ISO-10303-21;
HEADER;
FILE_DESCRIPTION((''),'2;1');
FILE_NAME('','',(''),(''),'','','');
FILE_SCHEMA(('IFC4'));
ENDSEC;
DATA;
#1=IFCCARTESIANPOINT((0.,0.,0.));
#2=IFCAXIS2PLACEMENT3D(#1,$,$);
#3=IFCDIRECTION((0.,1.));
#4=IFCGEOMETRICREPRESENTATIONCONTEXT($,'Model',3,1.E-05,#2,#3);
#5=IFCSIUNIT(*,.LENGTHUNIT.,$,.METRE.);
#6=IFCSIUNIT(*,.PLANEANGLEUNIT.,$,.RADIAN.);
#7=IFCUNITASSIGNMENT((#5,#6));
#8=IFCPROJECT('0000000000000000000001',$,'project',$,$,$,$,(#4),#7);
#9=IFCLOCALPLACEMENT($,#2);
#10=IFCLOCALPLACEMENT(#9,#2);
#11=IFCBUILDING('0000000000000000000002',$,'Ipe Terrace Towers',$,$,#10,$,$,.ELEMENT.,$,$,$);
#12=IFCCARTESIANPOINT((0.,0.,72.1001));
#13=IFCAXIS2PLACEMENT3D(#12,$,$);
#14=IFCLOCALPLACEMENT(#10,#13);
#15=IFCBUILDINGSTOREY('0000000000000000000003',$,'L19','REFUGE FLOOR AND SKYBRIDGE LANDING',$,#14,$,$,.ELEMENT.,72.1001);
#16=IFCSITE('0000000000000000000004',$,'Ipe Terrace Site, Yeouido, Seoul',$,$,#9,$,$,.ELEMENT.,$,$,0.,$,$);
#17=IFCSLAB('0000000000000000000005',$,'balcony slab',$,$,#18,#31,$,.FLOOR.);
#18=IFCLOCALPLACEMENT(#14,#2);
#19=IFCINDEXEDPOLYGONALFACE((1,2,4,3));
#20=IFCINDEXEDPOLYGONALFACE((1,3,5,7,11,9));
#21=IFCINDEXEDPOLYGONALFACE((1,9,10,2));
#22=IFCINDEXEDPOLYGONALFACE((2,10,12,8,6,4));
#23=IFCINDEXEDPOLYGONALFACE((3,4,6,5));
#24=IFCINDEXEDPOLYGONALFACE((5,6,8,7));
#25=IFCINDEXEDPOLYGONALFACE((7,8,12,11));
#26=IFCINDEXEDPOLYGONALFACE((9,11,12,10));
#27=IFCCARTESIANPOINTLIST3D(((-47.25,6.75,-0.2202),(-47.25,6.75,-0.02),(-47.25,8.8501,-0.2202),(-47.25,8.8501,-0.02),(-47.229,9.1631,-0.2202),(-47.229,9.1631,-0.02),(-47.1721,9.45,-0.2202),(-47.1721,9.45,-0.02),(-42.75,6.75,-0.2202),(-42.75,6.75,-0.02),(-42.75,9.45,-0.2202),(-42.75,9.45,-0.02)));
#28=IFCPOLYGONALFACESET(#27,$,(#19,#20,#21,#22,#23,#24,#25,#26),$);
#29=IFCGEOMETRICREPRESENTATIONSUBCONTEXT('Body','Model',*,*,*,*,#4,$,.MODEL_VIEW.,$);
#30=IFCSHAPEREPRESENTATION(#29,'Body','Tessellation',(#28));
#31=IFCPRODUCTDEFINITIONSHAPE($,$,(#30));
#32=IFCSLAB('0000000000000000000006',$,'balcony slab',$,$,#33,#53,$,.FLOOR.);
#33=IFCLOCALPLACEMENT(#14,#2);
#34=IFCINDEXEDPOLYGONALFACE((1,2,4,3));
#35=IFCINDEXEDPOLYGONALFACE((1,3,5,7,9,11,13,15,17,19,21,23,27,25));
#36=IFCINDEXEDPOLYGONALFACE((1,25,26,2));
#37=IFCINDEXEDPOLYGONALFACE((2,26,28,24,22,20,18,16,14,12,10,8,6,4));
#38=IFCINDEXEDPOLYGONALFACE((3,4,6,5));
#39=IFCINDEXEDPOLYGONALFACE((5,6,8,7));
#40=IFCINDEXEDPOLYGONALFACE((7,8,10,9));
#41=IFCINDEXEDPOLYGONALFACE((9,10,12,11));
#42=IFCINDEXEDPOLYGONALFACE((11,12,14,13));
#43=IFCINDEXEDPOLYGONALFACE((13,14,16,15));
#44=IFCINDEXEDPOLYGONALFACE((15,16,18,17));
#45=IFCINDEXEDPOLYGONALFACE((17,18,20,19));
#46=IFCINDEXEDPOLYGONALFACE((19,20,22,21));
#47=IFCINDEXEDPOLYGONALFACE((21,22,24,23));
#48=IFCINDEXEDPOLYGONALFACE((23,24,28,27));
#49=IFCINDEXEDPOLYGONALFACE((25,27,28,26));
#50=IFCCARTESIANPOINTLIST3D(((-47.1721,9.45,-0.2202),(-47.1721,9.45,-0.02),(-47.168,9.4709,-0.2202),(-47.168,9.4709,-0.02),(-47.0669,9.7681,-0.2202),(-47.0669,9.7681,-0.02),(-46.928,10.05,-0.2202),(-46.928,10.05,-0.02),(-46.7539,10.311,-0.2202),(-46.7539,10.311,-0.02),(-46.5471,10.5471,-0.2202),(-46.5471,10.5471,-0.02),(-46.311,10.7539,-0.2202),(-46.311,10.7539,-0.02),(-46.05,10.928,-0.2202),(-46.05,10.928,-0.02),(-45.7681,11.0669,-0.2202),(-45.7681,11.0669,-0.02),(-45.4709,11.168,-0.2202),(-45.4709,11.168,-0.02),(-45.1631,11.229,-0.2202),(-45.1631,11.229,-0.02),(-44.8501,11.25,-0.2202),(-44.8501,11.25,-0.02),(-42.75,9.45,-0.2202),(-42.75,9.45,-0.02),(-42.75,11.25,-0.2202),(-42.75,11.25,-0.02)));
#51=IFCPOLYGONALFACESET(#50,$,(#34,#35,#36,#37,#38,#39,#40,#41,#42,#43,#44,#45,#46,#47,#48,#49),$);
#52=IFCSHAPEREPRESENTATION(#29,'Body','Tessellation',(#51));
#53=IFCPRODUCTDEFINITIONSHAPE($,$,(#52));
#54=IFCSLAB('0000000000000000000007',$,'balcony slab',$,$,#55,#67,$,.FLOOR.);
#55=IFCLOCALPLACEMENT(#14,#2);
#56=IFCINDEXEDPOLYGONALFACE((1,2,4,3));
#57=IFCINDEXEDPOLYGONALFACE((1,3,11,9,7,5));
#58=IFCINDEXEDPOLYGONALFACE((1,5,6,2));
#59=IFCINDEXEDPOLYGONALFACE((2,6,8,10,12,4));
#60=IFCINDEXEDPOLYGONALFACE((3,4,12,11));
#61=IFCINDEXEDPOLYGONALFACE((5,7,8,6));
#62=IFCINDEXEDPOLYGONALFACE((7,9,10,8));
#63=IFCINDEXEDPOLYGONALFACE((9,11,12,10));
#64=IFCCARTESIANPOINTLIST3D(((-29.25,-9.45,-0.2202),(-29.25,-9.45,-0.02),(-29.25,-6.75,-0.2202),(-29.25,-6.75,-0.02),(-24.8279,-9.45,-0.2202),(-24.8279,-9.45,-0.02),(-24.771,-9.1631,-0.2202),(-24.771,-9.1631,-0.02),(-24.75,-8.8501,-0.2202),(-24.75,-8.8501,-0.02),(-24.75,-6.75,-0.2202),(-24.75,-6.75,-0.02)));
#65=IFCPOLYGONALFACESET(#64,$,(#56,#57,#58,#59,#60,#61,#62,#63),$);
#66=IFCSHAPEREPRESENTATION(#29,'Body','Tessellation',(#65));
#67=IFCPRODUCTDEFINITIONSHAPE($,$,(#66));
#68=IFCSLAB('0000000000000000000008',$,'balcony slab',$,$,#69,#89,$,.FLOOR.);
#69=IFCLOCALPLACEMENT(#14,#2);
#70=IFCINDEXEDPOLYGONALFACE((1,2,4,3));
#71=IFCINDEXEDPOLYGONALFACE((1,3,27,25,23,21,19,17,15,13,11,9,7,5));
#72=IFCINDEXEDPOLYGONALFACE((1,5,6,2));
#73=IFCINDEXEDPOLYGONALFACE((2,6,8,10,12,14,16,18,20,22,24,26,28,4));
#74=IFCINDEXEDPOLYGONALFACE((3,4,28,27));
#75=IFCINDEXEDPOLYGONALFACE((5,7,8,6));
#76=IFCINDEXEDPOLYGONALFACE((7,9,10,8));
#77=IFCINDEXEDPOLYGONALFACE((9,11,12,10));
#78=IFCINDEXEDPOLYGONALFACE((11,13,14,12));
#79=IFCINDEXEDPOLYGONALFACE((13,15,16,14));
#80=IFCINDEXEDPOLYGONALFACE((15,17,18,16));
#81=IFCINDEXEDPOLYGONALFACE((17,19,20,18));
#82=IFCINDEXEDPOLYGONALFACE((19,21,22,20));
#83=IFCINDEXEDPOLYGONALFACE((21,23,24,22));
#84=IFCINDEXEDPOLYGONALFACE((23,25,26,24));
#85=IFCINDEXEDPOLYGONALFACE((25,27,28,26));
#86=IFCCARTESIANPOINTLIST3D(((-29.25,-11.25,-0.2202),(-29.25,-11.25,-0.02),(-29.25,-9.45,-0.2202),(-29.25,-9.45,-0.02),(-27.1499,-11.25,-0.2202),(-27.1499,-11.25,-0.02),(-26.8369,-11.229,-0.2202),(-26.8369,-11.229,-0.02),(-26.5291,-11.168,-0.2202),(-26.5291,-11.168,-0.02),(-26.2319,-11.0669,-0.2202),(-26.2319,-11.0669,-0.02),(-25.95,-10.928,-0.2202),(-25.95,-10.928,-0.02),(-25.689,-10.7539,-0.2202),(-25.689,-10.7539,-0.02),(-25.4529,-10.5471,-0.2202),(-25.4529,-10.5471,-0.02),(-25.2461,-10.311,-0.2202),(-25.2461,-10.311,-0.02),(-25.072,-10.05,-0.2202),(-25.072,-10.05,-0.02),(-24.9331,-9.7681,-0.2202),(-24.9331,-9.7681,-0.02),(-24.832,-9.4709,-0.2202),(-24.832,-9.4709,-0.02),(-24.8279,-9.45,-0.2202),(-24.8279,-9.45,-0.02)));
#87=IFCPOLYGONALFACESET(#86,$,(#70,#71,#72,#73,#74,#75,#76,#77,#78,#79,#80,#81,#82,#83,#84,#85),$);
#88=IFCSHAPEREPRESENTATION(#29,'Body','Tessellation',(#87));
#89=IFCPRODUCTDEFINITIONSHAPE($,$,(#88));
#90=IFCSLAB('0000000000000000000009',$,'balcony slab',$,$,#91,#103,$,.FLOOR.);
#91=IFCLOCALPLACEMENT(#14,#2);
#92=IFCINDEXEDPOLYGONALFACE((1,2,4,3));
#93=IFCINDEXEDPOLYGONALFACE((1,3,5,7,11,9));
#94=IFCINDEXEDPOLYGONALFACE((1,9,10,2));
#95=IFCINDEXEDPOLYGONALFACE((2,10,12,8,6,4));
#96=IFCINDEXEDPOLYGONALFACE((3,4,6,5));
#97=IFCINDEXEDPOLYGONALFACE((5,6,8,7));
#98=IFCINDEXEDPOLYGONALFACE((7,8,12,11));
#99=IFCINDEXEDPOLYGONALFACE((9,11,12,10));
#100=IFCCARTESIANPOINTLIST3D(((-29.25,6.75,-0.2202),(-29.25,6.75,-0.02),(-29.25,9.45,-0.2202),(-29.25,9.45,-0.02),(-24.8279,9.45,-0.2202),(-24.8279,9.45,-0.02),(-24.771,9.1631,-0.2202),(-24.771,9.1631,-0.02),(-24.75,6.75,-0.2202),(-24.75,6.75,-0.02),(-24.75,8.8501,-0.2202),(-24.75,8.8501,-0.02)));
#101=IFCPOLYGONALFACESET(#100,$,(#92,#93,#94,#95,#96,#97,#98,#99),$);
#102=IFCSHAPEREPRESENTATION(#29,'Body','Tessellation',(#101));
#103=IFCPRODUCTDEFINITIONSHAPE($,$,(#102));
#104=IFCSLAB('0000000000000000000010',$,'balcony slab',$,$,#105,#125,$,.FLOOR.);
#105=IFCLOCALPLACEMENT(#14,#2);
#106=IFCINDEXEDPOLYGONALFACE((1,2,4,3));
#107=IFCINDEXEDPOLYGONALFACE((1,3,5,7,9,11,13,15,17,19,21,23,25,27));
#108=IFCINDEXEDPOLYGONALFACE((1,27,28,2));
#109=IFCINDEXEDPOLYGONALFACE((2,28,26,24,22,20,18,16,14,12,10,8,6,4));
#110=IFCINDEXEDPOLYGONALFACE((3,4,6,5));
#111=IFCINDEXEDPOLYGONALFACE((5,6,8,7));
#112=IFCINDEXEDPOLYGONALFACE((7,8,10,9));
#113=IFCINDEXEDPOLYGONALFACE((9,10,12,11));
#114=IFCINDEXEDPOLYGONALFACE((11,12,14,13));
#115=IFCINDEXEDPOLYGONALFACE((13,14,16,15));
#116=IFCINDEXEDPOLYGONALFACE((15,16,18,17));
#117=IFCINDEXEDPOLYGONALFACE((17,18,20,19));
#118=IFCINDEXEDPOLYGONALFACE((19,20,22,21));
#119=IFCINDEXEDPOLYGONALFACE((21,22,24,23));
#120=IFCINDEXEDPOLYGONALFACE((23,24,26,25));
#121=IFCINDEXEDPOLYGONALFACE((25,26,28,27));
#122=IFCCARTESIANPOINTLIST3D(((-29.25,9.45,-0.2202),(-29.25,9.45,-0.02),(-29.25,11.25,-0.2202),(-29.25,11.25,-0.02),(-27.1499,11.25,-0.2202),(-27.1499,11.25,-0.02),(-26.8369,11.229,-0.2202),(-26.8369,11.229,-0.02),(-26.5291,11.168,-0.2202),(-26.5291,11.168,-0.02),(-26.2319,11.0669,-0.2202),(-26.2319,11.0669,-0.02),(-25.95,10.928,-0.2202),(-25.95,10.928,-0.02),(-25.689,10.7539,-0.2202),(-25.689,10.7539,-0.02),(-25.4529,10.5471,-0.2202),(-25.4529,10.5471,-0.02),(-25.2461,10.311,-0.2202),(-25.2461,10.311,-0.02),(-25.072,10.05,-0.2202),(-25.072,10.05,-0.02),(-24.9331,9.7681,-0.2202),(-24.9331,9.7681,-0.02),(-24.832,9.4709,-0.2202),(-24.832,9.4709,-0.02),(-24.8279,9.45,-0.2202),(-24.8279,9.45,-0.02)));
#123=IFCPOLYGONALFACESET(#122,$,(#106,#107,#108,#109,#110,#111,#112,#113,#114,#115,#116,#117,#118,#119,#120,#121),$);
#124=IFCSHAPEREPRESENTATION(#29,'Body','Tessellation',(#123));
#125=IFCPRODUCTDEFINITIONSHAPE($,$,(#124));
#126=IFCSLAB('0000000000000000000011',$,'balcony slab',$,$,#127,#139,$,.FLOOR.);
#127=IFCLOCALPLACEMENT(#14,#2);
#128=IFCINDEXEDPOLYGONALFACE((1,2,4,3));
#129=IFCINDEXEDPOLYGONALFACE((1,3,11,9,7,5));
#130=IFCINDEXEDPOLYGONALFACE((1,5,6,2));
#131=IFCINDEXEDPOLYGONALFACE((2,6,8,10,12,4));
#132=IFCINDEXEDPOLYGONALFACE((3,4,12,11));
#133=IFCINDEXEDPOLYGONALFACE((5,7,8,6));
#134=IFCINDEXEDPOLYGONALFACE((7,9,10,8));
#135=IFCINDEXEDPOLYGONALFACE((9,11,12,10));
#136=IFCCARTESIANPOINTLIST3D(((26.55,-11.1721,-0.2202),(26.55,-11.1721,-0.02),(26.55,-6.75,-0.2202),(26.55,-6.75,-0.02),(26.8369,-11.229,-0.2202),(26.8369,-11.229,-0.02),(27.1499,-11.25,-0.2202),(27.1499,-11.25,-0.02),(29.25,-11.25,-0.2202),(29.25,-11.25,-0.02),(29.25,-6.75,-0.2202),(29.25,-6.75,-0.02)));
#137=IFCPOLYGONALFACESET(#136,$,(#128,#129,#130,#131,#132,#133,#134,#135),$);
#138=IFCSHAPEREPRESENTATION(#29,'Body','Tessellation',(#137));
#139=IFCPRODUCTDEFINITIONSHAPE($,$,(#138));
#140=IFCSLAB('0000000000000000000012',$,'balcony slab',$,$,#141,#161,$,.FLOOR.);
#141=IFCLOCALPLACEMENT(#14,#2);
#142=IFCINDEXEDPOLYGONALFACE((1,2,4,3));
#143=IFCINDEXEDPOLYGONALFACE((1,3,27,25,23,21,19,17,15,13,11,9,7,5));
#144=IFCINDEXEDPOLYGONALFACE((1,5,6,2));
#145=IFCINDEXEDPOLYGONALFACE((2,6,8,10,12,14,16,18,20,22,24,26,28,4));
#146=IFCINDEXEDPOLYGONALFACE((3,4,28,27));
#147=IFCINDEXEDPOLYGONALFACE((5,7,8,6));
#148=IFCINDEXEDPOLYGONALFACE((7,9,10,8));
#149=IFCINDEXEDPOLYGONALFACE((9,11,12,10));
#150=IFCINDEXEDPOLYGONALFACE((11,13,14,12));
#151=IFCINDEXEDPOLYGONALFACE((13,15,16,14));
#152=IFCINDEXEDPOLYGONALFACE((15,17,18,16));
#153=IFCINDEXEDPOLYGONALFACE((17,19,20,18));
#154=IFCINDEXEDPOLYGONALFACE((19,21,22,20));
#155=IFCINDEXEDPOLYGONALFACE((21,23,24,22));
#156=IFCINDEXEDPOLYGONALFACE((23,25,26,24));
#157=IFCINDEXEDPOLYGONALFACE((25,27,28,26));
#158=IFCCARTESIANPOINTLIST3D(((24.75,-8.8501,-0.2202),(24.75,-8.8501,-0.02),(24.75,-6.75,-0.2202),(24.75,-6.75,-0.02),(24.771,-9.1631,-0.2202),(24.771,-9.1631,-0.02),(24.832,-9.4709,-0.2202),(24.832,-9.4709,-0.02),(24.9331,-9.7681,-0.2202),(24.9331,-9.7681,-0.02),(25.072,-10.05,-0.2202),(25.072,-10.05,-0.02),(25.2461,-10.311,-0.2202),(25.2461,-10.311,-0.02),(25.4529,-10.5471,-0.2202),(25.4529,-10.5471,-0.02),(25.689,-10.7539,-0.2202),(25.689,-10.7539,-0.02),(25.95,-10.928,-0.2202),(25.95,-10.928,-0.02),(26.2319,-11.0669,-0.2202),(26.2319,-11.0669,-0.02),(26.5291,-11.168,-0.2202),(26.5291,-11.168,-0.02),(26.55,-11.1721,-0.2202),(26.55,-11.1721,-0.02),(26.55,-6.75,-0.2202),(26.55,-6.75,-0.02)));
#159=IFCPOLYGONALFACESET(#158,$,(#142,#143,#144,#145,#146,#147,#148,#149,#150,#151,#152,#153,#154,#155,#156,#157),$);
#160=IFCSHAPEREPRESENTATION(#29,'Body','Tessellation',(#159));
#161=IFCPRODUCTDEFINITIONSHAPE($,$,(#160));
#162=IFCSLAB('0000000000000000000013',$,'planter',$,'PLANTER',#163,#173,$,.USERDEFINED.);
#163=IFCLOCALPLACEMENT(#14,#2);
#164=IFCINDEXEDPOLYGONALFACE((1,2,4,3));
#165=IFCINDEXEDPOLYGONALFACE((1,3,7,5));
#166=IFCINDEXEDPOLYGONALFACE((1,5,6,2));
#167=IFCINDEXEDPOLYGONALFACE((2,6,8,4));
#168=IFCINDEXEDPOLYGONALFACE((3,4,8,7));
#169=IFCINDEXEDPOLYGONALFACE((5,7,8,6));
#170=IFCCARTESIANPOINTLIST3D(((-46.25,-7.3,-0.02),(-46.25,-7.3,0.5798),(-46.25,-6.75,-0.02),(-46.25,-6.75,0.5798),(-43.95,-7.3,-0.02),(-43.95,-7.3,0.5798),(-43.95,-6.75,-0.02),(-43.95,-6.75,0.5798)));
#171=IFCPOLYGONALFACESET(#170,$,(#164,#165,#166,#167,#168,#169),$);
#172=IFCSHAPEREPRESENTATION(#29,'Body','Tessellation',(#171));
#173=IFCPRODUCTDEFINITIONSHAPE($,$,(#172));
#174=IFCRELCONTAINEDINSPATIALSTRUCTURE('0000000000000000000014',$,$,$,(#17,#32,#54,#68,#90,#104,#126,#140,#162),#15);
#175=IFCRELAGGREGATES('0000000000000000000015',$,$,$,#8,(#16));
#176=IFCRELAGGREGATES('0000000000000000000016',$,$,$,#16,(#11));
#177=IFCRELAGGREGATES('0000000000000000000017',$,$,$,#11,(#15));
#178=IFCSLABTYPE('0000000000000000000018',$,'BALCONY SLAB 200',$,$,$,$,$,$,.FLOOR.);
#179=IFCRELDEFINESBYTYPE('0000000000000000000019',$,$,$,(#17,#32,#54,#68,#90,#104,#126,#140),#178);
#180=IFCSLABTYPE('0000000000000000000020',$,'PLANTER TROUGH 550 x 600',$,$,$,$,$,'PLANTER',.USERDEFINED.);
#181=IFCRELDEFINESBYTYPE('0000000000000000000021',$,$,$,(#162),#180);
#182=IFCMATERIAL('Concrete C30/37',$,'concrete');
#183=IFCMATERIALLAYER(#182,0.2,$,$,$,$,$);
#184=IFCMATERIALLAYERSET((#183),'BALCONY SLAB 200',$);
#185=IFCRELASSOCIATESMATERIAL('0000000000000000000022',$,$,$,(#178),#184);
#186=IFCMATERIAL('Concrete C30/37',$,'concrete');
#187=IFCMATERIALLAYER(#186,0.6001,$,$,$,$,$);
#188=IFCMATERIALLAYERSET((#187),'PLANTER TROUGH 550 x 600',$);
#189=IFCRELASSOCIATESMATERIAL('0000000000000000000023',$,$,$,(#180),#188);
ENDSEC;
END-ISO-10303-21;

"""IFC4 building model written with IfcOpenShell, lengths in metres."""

from ifc_helpers import new_model, si_unit, direction, frame, origin, place, context, subcontext, project, spatial, polyline, outline, extrude, material, layer, layer_set, type_object, element, save


model = new_model("IFC4")

# Units and contexts
model_context = context("Model", 3, precision=1e-05, world=origin(), true_north=direction((0.0, 1.0)))
body_context = subcontext(model_context, "Body", "Model", "MODEL_VIEW")
ifc_project = project(units=[si_unit("LENGTHUNIT", "METRE"), si_unit("PLANEANGLEUNIT", "RADIAN")], contexts=[model_context])

# Site, building, storey
site_placement = place(None, origin())
site = spatial("IfcSite", under=ifc_project, at=site_placement, Name="Ipe Terrace Site, Yeouido, Seoul", CompositionType="ELEMENT", RefElevation=0.0)
building_placement = place(site_placement, origin())
building = spatial("IfcBuilding", under=site, at=building_placement, Name="Ipe Terrace Towers", CompositionType="ELEMENT")
storey_placement = place(building_placement, frame((0.0, 0.0, 72.1001)))
storey = spatial("IfcBuildingStorey", under=building, at=storey_placement, Name="L19", Description="REFUGE FLOOR AND SKYBRIDGE LANDING", CompositionType="ELEMENT", Elevation=72.1001)

# Slabs
ifc_material_1 = material(Name="Concrete C30/37", Category="concrete")
ifc_layer_1 = layer(ifc_material_1, 0.2)
ifc_layer_set_1 = layer_set([ifc_layer_1], Name="BALCONY SLAB 200")
slab_type_1 = type_object("IfcSlabType", Name="BALCONY SLAB 200", PredefinedType="FLOOR", material=ifc_layer_set_1)
slab_1_placement = place(storey_placement, frame((0.0, 0.0, -0.2202)))
element("IfcSlab", 1, at=slab_1_placement, inside=storey, type_object=slab_type_1, Name="balcony slab", PredefinedType="FLOOR", context=body_context, shape_type="SweptSolid", body=[
    extrude(outline(polyline([(-47.229, 9.1631), (-47.25, 8.8501), (-47.25, 6.75), (-42.75, 6.75), (-42.75, 9.45), (-47.1721, 9.45), (-47.229, 9.1631)])), origin(), (0.0, 0.0, 1.0), 0.2002),
])
slab_2_placement = place(storey_placement, frame((0.0, 0.0, -0.2202)))
element("IfcSlab", 2, at=slab_2_placement, inside=storey, type_object=slab_type_1, Name="balcony slab", PredefinedType="FLOOR", context=body_context, shape_type="SweptSolid", body=[
    extrude(outline(polyline([(-42.75, 11.25), (-44.8501, 11.25), (-45.1631, 11.229), (-45.4709, 11.168), (-45.7681, 11.0669), (-46.05, 10.928), (-46.311, 10.7539), (-46.5471, 10.5471), (-46.7539, 10.311), (-46.928, 10.05), (-47.0669, 9.7681), (-47.168, 9.4709), (-47.1721, 9.45), (-42.75, 9.45), (-42.75, 11.25)])), origin(), (0.0, 0.0, 1.0), 0.2002),
])
slab_3_placement = place(storey_placement, frame((0.0, 0.0, -0.2202)))
element("IfcSlab", 3, at=slab_3_placement, inside=storey, type_object=slab_type_1, Name="balcony slab", PredefinedType="FLOOR", context=body_context, shape_type="SweptSolid", body=[
    extrude(outline(polyline([(-24.771, -9.1631), (-24.75, -8.8501), (-24.75, -6.75), (-29.25, -6.75), (-29.25, -9.45), (-24.8279, -9.45), (-24.771, -9.1631)])), origin(), (0.0, 0.0, 1.0), 0.2002),
])
slab_4_placement = place(storey_placement, frame((0.0, 0.0, -0.2202)))
element("IfcSlab", 4, at=slab_4_placement, inside=storey, type_object=slab_type_1, Name="balcony slab", PredefinedType="FLOOR", context=body_context, shape_type="SweptSolid", body=[
    extrude(outline(polyline([(-29.25, -11.25), (-27.1499, -11.25), (-26.8369, -11.229), (-26.5291, -11.168), (-26.2319, -11.0669), (-25.95, -10.928), (-25.689, -10.7539), (-25.4529, -10.5471), (-25.2461, -10.311), (-25.072, -10.05), (-24.9331, -9.7681), (-24.832, -9.4709), (-24.8279, -9.45), (-29.25, -9.45), (-29.25, -11.25)])), origin(), (0.0, 0.0, 1.0), 0.2002),
])
slab_5_placement = place(storey_placement, frame((0.0, 0.0, -0.2202)))
element("IfcSlab", 5, at=slab_5_placement, inside=storey, type_object=slab_type_1, Name="balcony slab", PredefinedType="FLOOR", context=body_context, shape_type="SweptSolid", body=[
    extrude(outline(polyline([(-24.771, 9.1631), (-24.8279, 9.45), (-29.25, 9.45), (-29.25, 6.75), (-24.75, 6.75), (-24.75, 8.8501), (-24.771, 9.1631)])), origin(), (0.0, 0.0, 1.0), 0.2002),
])
slab_6_placement = place(storey_placement, frame((0.0, 0.0, -0.2202)))
element("IfcSlab", 6, at=slab_6_placement, inside=storey, type_object=slab_type_1, Name="balcony slab", PredefinedType="FLOOR", context=body_context, shape_type="SweptSolid", body=[
    extrude(outline(polyline([(-29.25, 11.25), (-29.25, 9.45), (-24.8279, 9.45), (-24.832, 9.4709), (-24.9331, 9.7681), (-25.072, 10.05), (-25.2461, 10.311), (-25.4529, 10.5471), (-25.689, 10.7539), (-25.95, 10.928), (-26.2319, 11.0669), (-26.5291, 11.168), (-26.8369, 11.229), (-27.1499, 11.25), (-29.25, 11.25)])), origin(), (0.0, 0.0, 1.0), 0.2002),
])
slab_7_placement = place(storey_placement, frame((0.0, 0.0, -0.2202)))
element("IfcSlab", 7, at=slab_7_placement, inside=storey, type_object=slab_type_1, Name="balcony slab", PredefinedType="FLOOR", context=body_context, shape_type="SweptSolid", body=[
    extrude(outline(polyline([(26.8369, -11.229), (27.1499, -11.25), (29.25, -11.25), (29.25, -6.75), (26.55, -6.75), (26.55, -11.1721), (26.8369, -11.229)])), origin(), (0.0, 0.0, 1.0), 0.2002),
])
slab_8_placement = place(storey_placement, frame((0.0, 0.0, -0.2202)))
element("IfcSlab", 8, at=slab_8_placement, inside=storey, type_object=slab_type_1, Name="balcony slab", PredefinedType="FLOOR", context=body_context, shape_type="SweptSolid", body=[
    extrude(outline(polyline([(24.75, -6.75), (24.75, -8.8501), (24.771, -9.1631), (24.832, -9.4709), (24.9331, -9.7681), (25.072, -10.05), (25.2461, -10.311), (25.4529, -10.5471), (25.689, -10.7539), (25.95, -10.928), (26.2319, -11.0669), (26.5291, -11.168), (26.55, -11.1721), (26.55, -6.75), (24.75, -6.75)])), origin(), (0.0, 0.0, 1.0), 0.2002),
])
ifc_material_2 = material(Name="Concrete C30/37", Category="concrete")
ifc_layer_2 = layer(ifc_material_2, 0.6001)
ifc_layer_set_2 = layer_set([ifc_layer_2], Name="PLANTER TROUGH 550 x 600")
slab_type_2 = type_object("IfcSlabType", Name="PLANTER TROUGH 550 x 600", ElementType="PLANTER", PredefinedType="USERDEFINED", material=ifc_layer_set_2)
slab_9_placement = place(storey_placement, frame((0.0, 0.0, -0.02)))
element("IfcSlab", 9, at=slab_9_placement, inside=storey, type_object=slab_type_2, Name="planter", ObjectType="PLANTER", PredefinedType="USERDEFINED", context=body_context, shape_type="SweptSolid", body=[
    extrude(outline(polyline([(-43.95, -6.75), (-46.25, -6.75), (-46.25, -7.3), (-43.95, -7.3), (-43.95, -6.75)])), origin(), (0.0, 0.0, 1.0), 0.5999),
])

save(model, "model.ifc")
